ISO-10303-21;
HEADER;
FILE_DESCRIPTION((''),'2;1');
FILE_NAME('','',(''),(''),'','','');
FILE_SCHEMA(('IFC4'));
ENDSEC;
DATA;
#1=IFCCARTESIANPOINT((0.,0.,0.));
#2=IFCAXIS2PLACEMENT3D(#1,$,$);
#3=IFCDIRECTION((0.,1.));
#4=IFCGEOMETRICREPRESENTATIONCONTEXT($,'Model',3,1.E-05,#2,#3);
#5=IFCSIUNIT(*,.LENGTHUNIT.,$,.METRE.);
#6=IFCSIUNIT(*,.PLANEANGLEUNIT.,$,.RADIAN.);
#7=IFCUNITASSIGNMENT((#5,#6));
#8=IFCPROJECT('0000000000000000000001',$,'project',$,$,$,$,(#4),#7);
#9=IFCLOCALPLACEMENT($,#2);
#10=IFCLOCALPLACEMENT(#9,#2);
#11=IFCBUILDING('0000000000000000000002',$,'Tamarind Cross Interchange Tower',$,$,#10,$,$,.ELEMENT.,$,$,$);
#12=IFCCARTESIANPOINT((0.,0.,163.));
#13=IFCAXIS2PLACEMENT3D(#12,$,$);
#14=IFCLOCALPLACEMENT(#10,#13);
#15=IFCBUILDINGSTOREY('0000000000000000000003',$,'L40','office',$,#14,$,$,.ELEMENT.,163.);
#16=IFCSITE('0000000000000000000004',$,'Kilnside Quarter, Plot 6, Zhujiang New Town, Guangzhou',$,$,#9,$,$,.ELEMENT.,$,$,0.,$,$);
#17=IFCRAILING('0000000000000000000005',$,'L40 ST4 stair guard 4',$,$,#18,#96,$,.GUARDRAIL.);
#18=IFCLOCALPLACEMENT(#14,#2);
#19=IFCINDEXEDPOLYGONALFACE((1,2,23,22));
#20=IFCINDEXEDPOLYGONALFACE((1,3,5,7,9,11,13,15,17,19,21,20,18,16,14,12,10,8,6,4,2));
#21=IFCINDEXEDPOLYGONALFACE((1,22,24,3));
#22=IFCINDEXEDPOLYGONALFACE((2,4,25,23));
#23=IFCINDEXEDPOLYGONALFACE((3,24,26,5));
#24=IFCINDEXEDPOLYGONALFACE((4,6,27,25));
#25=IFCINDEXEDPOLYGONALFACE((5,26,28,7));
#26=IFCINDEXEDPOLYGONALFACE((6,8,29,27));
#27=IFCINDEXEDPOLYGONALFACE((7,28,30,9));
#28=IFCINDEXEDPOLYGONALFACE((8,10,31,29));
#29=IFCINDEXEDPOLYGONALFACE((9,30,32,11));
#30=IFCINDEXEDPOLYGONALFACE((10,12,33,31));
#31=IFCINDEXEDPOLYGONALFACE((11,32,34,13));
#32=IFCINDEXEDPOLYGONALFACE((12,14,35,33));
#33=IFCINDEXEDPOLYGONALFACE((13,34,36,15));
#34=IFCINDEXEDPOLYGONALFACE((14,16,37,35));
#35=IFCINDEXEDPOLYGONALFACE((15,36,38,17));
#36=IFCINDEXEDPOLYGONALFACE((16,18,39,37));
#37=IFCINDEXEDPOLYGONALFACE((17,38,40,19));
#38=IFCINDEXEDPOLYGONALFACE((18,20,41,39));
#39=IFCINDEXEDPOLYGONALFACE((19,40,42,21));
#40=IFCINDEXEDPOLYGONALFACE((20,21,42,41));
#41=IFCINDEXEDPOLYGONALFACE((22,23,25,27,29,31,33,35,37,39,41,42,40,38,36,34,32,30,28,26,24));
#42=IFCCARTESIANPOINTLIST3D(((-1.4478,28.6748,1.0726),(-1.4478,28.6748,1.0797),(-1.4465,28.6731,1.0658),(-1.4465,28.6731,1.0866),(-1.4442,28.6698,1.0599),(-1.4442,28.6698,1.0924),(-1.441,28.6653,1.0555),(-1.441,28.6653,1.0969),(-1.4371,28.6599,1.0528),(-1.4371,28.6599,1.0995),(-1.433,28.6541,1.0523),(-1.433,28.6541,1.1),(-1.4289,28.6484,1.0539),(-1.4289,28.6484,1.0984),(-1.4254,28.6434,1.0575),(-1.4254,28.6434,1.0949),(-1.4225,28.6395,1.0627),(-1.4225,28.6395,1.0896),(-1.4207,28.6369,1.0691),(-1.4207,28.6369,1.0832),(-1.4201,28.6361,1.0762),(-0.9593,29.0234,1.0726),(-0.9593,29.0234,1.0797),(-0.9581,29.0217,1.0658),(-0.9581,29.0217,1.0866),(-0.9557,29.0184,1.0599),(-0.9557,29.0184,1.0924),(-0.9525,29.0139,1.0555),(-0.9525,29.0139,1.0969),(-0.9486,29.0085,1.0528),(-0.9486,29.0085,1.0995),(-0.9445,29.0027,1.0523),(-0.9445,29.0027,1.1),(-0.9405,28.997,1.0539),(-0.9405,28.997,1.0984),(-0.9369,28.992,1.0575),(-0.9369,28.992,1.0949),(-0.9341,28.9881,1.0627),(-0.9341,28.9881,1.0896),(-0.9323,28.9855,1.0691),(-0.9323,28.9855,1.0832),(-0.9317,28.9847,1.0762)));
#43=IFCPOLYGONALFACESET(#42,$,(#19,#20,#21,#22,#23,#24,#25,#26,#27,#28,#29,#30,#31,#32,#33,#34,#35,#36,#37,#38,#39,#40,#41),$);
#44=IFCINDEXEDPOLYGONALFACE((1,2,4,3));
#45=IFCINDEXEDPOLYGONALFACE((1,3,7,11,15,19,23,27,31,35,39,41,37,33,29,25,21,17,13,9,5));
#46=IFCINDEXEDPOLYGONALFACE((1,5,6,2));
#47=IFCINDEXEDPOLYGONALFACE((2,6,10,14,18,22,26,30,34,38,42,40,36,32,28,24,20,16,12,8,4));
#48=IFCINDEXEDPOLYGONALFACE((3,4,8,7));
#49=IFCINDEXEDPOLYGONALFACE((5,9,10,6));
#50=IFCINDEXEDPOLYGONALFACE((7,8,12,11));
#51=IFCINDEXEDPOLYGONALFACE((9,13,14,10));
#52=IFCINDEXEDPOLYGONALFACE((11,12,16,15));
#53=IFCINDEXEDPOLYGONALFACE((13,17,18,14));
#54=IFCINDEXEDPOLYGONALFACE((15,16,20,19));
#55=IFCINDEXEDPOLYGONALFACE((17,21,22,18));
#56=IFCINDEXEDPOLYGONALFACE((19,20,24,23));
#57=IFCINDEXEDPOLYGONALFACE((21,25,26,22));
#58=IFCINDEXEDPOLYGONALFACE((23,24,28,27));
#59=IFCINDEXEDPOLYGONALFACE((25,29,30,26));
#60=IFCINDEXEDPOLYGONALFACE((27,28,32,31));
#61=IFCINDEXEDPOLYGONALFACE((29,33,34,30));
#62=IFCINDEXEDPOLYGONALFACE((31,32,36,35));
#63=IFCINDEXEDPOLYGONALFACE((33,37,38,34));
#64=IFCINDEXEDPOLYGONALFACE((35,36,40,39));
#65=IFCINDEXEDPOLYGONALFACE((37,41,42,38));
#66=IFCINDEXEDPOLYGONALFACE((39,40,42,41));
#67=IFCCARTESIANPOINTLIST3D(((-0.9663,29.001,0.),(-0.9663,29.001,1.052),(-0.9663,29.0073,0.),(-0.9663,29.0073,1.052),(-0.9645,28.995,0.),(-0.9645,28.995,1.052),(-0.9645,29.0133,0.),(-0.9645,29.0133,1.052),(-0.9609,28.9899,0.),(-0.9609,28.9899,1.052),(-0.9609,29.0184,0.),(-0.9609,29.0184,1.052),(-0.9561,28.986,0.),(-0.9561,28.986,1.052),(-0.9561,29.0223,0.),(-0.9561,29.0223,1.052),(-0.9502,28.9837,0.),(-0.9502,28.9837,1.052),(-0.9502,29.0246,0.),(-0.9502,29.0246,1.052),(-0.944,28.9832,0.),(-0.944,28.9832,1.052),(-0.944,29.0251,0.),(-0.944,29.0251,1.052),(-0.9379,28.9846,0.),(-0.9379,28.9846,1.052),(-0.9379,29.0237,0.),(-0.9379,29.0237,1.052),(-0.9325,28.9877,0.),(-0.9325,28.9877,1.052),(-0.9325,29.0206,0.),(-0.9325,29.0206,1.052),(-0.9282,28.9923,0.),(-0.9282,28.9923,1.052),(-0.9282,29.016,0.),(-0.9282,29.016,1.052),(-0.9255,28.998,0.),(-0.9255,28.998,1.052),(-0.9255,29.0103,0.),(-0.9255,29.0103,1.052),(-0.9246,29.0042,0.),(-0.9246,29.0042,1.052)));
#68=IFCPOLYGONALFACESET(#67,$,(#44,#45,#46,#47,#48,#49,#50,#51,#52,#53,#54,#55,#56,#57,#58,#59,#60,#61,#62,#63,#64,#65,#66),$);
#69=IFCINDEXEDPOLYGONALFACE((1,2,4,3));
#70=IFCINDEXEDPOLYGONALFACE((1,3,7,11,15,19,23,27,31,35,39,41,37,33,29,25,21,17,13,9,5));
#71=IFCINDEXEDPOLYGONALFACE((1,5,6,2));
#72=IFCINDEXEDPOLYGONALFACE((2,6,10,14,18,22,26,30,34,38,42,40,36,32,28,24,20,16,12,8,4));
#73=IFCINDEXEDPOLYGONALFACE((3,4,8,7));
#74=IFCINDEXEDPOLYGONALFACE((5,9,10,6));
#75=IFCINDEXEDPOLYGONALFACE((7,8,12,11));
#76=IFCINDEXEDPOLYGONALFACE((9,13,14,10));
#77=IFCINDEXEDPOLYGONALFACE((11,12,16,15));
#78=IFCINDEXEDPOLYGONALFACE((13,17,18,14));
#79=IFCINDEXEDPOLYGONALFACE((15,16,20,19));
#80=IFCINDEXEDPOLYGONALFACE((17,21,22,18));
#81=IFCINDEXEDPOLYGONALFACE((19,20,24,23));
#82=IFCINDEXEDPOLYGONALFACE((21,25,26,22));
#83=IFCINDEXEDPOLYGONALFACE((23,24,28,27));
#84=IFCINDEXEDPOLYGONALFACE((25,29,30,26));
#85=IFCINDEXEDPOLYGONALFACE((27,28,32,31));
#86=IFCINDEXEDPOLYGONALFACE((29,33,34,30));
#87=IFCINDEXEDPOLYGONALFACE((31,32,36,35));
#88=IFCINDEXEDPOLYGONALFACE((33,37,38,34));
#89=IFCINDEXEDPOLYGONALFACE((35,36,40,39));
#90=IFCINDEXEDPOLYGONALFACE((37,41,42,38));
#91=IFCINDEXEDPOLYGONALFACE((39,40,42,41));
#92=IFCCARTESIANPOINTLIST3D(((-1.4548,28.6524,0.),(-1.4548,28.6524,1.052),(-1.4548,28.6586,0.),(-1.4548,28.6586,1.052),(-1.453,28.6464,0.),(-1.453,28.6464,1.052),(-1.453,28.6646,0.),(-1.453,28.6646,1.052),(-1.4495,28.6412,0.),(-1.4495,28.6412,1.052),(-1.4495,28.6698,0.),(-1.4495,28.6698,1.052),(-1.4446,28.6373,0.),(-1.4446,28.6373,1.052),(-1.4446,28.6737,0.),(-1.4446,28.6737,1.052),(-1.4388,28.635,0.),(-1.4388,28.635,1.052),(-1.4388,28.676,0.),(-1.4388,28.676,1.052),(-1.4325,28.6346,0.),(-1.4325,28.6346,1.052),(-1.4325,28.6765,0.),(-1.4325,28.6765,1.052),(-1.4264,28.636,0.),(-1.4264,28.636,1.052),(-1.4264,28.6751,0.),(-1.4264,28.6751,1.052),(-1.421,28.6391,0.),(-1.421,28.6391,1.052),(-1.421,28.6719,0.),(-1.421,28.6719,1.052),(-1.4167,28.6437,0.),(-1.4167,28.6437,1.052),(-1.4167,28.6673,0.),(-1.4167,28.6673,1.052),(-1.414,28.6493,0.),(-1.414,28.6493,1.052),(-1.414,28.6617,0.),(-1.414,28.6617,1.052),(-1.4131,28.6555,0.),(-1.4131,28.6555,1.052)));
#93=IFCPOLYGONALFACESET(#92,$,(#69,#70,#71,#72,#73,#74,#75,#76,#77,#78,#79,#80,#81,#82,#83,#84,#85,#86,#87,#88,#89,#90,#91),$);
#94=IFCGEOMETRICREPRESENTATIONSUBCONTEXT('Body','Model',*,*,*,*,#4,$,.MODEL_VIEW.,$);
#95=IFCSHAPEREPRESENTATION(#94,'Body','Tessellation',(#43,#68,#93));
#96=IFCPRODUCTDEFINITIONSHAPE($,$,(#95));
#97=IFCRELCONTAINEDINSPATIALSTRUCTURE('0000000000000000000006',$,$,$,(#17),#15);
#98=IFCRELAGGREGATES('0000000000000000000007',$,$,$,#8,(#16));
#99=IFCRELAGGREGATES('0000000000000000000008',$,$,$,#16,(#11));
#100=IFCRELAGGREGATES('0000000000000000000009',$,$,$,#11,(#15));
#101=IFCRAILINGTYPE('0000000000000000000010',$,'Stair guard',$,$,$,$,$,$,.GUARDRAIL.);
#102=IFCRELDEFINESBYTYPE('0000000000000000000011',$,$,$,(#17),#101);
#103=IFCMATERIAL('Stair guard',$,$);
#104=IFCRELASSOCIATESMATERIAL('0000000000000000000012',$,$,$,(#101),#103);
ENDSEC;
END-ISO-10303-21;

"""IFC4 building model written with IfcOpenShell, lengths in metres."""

from ifc_helpers import new_model, si_unit, direction, frame, origin, origin_2d, place, context, subcontext, project, spatial, circle, extrude, material, type_object, element, save


model = new_model("IFC4")

# Units and contexts
model_context = context("Model", 3, precision=1e-05, world=origin(), true_north=direction((0.0, 1.0)))
body_context = subcontext(model_context, "Body", "Model", "MODEL_VIEW")
ifc_project = project(units=[si_unit("LENGTHUNIT", "METRE"), si_unit("PLANEANGLEUNIT", "RADIAN")], contexts=[model_context])

# Site, building, storey
site_placement = place(None, origin())
site = spatial("IfcSite", under=ifc_project, at=site_placement, Name="Kilnside Quarter, Plot 6, Zhujiang New Town, Guangzhou", CompositionType="ELEMENT", RefElevation=0.0)
building_placement = place(site_placement, origin())
building = spatial("IfcBuilding", under=site, at=building_placement, Name="Tamarind Cross Interchange Tower", CompositionType="ELEMENT")
storey_placement = place(building_placement, frame((0.0, 0.0, 163.0)))
storey = spatial("IfcBuildingStorey", under=building, at=storey_placement, Name="L40", Description="office", CompositionType="ELEMENT", Elevation=163.0)

# Railing
ifc_material_1 = material(Name="Stair guard")
railing_type = type_object("IfcRailingType", Name="Stair guard", PredefinedType="GUARDRAIL", material=ifc_material_1)
railing_1_placement = place(storey_placement, frame((-0.9456, 29.0042, 0.0)))
element("IfcRailing", 1, at=railing_1_placement, inside=storey, type_object=railing_type, Name="L40 ST4 stair guard 4", PredefinedType="GUARDRAIL", context=body_context, shape_type="SweptSolid", body=[
    extrude(circle(Radius=0.0239, at=origin_2d()), frame((0.0, 0.0, 1.0762), z_axis=(-0.813981, -0.580892, 0.0), x_axis=(0.580892, -0.813981, 0.0)), (0.0, 0.0, 1.0), 0.6001),
    extrude(circle(Radius=0.021, at=origin_2d()), origin(), (0.0, 0.0, 1.0), 1.052),
    extrude(circle(Radius=0.021, at=origin_2d()), frame((-0.4885, -0.3486, 0.0)), (0.0, 0.0, 1.0), 1.052),
])

save(model, "model.ifc")
